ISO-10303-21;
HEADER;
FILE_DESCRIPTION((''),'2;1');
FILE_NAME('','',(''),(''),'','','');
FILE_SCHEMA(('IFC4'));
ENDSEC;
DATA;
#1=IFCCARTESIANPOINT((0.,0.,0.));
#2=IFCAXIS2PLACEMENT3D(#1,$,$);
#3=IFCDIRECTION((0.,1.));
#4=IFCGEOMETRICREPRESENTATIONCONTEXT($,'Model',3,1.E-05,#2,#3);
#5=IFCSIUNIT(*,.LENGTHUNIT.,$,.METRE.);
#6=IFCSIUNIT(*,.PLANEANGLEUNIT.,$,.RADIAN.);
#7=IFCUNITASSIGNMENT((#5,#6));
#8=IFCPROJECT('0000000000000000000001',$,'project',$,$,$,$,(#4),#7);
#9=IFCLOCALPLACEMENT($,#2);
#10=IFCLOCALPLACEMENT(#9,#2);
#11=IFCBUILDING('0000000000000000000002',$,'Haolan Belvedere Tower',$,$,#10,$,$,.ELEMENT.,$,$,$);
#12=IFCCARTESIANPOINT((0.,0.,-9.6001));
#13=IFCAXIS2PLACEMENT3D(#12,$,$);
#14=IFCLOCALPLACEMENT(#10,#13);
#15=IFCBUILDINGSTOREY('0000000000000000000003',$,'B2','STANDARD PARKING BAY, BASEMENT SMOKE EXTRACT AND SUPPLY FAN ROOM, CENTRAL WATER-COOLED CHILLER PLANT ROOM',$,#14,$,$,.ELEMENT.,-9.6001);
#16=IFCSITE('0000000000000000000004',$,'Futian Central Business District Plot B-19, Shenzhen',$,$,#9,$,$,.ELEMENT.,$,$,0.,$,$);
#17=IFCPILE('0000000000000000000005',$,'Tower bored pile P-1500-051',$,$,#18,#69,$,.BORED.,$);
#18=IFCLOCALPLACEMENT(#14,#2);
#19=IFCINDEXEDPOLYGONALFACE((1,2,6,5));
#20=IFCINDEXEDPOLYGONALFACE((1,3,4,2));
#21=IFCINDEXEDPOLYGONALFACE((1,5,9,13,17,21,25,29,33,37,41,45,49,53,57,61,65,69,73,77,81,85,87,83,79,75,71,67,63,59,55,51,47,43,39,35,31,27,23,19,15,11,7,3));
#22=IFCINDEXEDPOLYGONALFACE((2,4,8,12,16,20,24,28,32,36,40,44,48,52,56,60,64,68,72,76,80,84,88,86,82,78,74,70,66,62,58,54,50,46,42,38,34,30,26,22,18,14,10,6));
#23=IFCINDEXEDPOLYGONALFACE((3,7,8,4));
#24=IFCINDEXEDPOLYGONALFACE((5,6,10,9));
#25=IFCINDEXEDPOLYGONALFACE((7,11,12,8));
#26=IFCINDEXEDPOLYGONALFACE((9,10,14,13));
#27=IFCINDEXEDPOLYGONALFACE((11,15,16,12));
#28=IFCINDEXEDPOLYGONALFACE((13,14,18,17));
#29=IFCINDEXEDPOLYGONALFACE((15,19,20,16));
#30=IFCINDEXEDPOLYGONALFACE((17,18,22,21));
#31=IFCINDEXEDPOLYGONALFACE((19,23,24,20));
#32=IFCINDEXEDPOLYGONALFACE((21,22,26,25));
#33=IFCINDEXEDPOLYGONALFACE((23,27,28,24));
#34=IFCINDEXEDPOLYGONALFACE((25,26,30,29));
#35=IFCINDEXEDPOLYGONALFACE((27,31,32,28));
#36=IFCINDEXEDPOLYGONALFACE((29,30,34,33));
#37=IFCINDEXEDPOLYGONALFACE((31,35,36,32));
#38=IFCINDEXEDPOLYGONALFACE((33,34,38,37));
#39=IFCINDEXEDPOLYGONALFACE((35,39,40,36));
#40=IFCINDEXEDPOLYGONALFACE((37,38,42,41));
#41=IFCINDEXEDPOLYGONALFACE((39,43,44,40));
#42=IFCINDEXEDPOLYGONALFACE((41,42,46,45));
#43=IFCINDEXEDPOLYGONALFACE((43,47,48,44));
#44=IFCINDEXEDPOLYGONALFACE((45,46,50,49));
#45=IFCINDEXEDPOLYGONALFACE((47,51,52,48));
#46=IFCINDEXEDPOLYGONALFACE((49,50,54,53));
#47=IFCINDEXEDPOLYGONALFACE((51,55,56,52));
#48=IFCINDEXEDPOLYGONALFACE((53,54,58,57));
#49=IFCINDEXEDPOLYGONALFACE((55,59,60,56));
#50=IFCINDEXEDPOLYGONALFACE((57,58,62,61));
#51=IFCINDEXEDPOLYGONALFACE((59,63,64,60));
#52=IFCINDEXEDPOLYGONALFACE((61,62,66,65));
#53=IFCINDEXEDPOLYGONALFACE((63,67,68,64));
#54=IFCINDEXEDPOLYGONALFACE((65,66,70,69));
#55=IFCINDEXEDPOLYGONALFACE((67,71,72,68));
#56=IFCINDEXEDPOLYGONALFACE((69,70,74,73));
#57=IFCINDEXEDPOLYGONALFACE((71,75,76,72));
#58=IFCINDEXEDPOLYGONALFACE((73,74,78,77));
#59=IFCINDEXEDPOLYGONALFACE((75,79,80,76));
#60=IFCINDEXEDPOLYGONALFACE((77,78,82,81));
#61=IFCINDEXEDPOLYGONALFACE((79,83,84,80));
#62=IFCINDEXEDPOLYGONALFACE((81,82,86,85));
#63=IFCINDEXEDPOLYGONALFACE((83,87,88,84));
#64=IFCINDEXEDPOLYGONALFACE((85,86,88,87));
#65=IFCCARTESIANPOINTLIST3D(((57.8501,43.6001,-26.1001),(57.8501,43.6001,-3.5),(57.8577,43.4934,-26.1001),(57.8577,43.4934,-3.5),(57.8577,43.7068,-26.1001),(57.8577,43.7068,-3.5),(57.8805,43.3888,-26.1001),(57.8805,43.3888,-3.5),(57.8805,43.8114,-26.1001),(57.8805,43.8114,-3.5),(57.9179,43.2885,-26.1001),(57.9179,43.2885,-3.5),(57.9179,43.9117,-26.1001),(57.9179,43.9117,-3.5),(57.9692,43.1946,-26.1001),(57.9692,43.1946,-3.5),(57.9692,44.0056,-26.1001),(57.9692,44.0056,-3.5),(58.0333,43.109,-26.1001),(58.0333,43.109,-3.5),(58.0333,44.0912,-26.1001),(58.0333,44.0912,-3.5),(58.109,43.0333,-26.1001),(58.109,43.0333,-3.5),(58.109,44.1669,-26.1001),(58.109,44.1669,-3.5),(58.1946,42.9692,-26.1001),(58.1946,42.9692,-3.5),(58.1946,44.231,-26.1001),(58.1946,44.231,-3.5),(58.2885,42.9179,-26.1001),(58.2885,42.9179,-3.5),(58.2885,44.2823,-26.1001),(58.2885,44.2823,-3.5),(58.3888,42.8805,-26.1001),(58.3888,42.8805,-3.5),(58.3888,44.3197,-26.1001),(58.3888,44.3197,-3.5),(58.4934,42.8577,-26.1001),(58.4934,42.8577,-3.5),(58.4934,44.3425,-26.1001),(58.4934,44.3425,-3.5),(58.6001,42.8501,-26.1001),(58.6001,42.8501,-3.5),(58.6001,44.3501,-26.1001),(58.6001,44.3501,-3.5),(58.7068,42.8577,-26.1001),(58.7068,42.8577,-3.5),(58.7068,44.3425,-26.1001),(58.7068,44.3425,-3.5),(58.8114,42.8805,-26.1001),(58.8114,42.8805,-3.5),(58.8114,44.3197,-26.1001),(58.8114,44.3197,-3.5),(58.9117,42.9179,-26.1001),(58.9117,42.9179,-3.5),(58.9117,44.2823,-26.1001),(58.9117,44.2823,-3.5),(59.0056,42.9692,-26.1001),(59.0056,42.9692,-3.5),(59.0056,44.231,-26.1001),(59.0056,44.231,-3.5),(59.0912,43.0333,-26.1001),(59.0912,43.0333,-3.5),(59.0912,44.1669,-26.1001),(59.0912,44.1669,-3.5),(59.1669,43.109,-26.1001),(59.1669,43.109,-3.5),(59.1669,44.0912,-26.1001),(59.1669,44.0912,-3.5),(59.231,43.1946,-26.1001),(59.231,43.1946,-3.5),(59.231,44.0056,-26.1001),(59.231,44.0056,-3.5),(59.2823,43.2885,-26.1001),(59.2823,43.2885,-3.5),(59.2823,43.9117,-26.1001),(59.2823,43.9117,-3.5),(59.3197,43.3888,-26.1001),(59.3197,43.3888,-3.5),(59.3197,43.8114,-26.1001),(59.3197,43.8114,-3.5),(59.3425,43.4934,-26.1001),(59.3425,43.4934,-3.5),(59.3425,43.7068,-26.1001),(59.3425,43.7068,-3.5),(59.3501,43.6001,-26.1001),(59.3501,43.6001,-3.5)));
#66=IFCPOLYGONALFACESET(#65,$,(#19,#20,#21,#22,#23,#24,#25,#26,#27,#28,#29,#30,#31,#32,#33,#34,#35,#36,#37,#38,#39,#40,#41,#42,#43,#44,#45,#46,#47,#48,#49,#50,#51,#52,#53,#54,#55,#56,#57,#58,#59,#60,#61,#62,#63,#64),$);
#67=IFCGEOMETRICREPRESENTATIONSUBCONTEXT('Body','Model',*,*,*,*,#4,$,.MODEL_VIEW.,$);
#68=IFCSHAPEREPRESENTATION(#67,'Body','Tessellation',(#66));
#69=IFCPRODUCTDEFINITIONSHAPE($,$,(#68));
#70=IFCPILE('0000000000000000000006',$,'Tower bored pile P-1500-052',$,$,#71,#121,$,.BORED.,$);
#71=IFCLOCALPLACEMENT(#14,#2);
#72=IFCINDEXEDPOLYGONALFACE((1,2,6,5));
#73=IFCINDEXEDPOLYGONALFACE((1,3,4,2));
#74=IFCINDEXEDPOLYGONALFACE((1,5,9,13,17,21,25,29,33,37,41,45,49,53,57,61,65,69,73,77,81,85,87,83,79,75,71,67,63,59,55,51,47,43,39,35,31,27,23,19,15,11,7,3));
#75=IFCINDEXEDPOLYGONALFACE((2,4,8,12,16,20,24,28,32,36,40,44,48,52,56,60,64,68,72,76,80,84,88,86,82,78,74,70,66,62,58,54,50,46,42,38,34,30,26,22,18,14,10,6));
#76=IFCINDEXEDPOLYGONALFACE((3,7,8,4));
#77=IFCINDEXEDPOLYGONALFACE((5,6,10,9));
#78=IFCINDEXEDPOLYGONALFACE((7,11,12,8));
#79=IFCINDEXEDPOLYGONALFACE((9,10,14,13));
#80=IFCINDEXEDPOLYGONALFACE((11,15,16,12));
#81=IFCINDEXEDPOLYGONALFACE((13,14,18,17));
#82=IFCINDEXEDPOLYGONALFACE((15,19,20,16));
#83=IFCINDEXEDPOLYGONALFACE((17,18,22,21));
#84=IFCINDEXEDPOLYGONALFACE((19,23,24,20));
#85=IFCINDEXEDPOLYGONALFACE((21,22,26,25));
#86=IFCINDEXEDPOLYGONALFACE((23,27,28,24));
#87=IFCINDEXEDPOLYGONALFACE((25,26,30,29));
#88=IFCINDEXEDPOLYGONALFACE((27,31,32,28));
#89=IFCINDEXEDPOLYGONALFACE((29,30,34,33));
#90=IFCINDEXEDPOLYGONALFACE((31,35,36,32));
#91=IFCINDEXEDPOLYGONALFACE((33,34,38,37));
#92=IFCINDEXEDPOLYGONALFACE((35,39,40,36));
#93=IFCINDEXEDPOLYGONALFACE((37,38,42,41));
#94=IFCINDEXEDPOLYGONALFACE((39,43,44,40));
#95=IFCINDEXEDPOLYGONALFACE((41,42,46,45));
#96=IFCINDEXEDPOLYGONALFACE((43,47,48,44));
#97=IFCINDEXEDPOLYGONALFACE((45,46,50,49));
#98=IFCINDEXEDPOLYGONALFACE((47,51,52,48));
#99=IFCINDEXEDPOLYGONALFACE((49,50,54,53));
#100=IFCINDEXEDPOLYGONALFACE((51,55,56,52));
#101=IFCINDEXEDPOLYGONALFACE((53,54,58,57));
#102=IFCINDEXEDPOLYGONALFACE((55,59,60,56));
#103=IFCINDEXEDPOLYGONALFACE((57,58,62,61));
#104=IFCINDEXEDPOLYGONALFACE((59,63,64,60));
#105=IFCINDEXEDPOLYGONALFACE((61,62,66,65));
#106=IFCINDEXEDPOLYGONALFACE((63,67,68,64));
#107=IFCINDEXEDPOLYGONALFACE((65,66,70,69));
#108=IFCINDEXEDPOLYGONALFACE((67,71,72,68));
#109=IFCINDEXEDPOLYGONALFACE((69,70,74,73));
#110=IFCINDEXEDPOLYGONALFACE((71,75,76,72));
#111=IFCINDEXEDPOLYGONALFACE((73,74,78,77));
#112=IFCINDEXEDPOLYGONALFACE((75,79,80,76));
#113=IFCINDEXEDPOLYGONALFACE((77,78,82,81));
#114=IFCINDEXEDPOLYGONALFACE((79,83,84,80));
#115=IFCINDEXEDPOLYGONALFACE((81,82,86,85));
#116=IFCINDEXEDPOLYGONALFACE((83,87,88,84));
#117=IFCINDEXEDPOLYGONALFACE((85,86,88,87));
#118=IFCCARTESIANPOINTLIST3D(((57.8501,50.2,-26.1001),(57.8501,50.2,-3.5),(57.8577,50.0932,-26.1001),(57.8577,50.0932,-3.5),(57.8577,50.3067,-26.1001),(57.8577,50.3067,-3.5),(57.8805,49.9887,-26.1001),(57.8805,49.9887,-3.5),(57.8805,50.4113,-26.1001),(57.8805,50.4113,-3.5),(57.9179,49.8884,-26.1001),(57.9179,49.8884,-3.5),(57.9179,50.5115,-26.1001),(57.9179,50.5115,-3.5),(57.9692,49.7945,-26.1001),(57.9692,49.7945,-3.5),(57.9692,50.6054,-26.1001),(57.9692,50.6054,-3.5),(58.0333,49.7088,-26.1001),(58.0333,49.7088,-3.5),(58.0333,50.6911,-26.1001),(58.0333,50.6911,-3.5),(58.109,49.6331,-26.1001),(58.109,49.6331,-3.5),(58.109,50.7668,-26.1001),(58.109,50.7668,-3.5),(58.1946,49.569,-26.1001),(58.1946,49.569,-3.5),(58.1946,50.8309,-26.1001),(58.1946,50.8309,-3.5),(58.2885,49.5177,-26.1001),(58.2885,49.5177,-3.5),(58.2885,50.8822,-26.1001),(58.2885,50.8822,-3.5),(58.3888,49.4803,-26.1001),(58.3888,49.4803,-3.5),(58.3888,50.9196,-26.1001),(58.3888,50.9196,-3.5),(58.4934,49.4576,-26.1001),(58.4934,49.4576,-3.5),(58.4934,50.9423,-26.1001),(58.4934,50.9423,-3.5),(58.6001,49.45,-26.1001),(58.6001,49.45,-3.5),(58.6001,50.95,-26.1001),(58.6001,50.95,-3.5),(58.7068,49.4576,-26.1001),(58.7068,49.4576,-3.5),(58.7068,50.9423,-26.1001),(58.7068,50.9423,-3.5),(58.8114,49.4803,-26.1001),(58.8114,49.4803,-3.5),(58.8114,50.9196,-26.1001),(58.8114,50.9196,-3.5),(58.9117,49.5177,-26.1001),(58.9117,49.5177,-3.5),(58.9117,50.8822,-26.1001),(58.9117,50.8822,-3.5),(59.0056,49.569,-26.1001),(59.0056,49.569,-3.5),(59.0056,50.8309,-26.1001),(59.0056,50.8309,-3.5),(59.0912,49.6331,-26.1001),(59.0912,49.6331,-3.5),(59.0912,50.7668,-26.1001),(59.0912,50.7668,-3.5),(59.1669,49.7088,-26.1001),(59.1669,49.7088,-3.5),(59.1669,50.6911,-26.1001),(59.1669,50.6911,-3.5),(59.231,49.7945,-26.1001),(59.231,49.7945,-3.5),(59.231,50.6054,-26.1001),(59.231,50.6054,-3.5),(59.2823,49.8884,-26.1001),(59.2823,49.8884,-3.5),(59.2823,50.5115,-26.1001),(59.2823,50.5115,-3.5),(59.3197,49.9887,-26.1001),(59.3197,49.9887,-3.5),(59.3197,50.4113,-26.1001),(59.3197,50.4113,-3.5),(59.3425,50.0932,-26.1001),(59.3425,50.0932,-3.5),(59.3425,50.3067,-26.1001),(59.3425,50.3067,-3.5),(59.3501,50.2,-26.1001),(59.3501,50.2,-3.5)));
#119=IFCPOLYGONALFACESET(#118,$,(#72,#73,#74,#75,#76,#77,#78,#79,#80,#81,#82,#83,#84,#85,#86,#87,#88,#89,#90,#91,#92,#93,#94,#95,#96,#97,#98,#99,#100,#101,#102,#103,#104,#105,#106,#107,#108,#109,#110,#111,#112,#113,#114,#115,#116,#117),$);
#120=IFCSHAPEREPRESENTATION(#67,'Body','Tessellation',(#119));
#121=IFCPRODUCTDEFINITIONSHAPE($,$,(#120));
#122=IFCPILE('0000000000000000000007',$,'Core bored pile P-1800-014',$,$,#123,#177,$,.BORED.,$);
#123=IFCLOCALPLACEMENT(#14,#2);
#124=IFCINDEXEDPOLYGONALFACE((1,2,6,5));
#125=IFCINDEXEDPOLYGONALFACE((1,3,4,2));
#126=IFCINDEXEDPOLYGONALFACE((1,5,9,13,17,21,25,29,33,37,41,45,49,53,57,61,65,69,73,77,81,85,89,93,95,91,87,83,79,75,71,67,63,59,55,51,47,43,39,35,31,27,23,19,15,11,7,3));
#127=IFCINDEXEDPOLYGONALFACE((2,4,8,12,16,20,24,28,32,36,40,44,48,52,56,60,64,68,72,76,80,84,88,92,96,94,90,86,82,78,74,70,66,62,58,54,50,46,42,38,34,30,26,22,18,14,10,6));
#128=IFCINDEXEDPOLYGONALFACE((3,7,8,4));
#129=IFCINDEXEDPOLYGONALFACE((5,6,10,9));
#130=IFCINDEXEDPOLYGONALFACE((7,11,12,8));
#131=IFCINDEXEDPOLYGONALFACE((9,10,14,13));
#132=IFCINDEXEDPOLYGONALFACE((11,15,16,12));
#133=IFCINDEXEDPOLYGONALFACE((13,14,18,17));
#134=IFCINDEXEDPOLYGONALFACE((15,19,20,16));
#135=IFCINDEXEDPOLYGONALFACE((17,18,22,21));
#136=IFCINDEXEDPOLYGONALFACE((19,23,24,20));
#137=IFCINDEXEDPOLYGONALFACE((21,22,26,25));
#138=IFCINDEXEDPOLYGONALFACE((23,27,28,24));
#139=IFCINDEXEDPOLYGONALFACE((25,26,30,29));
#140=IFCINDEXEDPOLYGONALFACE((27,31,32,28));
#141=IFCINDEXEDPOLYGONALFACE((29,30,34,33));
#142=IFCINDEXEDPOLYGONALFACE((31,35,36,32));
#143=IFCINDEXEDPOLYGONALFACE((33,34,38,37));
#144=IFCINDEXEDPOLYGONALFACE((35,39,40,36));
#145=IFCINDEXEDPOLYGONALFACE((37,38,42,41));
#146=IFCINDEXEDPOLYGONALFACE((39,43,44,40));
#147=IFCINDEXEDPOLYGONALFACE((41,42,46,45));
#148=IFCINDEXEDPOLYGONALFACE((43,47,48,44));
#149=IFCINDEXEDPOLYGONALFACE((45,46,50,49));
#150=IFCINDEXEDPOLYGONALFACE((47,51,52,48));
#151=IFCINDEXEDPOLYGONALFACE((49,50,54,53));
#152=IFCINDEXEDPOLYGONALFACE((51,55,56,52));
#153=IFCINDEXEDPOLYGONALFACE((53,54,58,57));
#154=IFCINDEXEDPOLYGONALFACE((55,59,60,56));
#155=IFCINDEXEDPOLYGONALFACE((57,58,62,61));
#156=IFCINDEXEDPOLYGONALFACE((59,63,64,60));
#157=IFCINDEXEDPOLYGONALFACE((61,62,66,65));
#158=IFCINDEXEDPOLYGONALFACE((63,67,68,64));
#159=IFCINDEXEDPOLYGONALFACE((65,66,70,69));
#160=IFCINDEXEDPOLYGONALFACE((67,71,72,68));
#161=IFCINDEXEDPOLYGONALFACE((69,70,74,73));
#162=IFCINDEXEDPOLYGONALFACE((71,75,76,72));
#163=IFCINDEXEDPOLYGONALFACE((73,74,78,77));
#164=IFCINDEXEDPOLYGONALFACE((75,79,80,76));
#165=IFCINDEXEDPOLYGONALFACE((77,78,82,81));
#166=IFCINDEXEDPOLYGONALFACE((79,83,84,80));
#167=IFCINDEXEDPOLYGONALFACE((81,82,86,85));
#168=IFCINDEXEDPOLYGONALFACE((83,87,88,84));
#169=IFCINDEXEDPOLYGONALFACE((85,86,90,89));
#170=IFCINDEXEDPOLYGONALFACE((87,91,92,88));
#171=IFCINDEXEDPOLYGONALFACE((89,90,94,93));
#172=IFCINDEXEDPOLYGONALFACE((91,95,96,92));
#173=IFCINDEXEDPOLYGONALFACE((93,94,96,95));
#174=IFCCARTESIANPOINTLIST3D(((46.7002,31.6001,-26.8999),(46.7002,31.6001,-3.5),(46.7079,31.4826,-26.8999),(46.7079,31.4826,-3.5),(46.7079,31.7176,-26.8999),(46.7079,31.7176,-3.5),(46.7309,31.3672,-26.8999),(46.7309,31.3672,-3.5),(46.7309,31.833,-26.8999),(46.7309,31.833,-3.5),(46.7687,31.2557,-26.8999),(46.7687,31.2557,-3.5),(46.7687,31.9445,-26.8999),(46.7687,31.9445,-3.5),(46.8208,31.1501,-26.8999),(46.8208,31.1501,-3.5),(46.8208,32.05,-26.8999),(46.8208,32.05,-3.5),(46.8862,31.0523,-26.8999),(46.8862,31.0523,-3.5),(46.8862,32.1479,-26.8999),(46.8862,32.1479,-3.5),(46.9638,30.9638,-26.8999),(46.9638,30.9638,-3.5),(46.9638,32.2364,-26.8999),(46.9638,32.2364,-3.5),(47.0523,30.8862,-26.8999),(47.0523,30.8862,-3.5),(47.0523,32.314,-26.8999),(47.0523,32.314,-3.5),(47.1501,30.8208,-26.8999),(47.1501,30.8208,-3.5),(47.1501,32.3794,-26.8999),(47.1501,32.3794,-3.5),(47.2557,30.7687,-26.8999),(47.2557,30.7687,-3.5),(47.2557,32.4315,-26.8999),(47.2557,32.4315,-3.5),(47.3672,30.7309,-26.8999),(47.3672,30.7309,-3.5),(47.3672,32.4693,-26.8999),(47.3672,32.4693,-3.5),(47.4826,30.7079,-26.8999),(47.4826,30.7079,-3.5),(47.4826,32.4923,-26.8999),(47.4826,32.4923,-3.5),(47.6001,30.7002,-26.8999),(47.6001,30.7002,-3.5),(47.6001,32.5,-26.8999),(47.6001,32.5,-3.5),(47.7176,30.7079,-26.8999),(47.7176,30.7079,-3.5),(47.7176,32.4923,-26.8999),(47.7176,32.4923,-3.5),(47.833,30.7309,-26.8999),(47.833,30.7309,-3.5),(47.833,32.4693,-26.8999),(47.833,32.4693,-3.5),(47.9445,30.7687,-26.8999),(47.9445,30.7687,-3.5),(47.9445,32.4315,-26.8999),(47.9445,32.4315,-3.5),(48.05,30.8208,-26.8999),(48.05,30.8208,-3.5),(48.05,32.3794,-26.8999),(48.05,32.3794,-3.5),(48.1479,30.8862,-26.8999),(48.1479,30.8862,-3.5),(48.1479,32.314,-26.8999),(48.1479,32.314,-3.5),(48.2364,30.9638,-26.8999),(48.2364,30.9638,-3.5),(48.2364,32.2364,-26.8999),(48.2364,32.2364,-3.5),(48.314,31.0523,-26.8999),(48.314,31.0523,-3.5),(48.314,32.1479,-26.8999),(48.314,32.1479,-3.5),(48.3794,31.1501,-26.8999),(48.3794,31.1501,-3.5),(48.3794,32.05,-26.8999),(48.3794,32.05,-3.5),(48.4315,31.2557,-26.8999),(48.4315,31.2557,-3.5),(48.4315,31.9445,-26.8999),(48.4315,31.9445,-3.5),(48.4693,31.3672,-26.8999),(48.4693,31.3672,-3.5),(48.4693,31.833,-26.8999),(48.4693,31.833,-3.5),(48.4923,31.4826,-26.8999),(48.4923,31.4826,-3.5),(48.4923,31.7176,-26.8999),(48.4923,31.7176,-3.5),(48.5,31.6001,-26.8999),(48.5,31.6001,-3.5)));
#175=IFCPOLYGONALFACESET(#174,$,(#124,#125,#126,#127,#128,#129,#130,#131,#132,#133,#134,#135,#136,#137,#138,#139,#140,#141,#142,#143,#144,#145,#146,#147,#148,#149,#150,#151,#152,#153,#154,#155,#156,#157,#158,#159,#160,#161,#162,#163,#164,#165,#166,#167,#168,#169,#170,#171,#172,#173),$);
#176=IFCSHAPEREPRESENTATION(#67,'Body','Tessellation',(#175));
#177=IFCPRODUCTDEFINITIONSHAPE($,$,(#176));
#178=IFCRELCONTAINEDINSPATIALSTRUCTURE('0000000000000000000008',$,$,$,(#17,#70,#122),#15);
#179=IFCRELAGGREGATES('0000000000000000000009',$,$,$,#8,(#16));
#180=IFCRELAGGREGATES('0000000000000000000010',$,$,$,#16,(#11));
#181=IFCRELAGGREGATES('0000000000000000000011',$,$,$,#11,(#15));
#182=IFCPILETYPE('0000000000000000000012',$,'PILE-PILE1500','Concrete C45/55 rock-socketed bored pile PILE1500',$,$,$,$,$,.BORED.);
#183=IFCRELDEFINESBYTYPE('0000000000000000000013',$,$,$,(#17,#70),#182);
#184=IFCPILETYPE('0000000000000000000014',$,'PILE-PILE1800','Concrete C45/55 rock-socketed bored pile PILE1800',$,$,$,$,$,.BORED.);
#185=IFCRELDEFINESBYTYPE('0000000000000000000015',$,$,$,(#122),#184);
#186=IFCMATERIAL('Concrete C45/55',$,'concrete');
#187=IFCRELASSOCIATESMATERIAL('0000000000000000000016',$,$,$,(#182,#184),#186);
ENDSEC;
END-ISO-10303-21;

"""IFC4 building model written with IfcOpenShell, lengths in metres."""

from ifc_helpers import new_model, si_unit, direction, frame, origin, origin_2d, place, context, subcontext, project, spatial, circle, extrude, material, material_profile, profile_set, type_object, element, save


model = new_model("IFC4")

# Units and contexts
model_context = context("Model", 3, precision=1e-05, world=origin(), true_north=direction((0.0, 1.0)))
body_context = subcontext(model_context, "Body", "Model", "MODEL_VIEW")
ifc_project = project(units=[si_unit("LENGTHUNIT", "METRE"), si_unit("PLANEANGLEUNIT", "RADIAN")], contexts=[model_context])

# Site, building, storey
site_placement = place(None, origin())
site = spatial("IfcSite", under=ifc_project, at=site_placement, Name="Futian Central Business District Plot B-19, Shenzhen", CompositionType="ELEMENT", RefElevation=0.0)
building_placement = place(site_placement, origin())
building = spatial("IfcBuilding", under=site, at=building_placement, Name="Haolan Belvedere Tower", CompositionType="ELEMENT")
storey_placement = place(building_placement, frame((0.0, 0.0, -9.6001)))
storey = spatial("IfcBuildingStorey", under=building, at=storey_placement, Name="B2", Description="STANDARD PARKING BAY, BASEMENT SMOKE EXTRACT AND SUPPLY FAN ROOM, CENTRAL WATER-COOLED CHILLER PLANT ROOM", CompositionType="ELEMENT", Elevation=-9.6001)

# Piles
ifc_material_1 = material(Name="Concrete C45/55", Category="concrete")
ifc_material_profile_1 = material_profile(ifc_material_1, circle(Radius=0.75, at=origin_2d()), Name="Concrete C45/55")
ifc_profile_set_1 = profile_set([ifc_material_profile_1], Name="Concrete C45/55")
pile_type_1 = type_object("IfcPileType", Name="PILE-PILE1500", Description="Concrete C45/55 rock-socketed bored pile PILE1500", PredefinedType="BORED", material=ifc_profile_set_1)
for number, where, z_axis, x_axis, name in (
    (1, (58.6001, 43.6001, -3.5), (0.0, 0.0, -1.0), (1.0, 0.0, 0.0), "Tower bored pile P-1500-051"),
    (2, (58.6001, 50.2, -3.5), (0.0, 0.0, -1.0), (1.0, 0.0, 0.0), "Tower bored pile P-1500-052"),
):
    element("IfcPile", number, at=place(storey_placement, frame(where, z_axis=z_axis, x_axis=x_axis)), inside=storey, type_object=pile_type_1, Name=name, PredefinedType="BORED", context=body_context, shape_type="SweptSolid", body=[
        extrude(circle(Radius=0.75, at=origin_2d()), origin(), (0.0, 0.0, 1.0), 22.6001),
    ])
ifc_material_profile_2 = material_profile(ifc_material_1, circle(Radius=0.8999, at=origin_2d()), Name="Concrete C45/55")
ifc_profile_set_2 = profile_set([ifc_material_profile_2], Name="Concrete C45/55")
pile_type_2 = type_object("IfcPileType", Name="PILE-PILE1800", Description="Concrete C45/55 rock-socketed bored pile PILE1800", PredefinedType="BORED", material=ifc_profile_set_2)
for number, where, z_axis, x_axis, name in (
    (3, (47.6001, 31.6001, -3.5), (0.0, 0.0, -1.0), (1.0, 0.0, 0.0), "Core bored pile P-1800-014"),
):
    element("IfcPile", number, at=place(storey_placement, frame(where, z_axis=z_axis, x_axis=x_axis)), inside=storey, type_object=pile_type_2, Name=name, PredefinedType="BORED", context=body_context, shape_type="SweptSolid", body=[
        extrude(circle(Radius=0.8999, at=origin_2d()), origin(), (0.0, 0.0, 1.0), 23.3999),
    ])

save(model, "model.ifc")
